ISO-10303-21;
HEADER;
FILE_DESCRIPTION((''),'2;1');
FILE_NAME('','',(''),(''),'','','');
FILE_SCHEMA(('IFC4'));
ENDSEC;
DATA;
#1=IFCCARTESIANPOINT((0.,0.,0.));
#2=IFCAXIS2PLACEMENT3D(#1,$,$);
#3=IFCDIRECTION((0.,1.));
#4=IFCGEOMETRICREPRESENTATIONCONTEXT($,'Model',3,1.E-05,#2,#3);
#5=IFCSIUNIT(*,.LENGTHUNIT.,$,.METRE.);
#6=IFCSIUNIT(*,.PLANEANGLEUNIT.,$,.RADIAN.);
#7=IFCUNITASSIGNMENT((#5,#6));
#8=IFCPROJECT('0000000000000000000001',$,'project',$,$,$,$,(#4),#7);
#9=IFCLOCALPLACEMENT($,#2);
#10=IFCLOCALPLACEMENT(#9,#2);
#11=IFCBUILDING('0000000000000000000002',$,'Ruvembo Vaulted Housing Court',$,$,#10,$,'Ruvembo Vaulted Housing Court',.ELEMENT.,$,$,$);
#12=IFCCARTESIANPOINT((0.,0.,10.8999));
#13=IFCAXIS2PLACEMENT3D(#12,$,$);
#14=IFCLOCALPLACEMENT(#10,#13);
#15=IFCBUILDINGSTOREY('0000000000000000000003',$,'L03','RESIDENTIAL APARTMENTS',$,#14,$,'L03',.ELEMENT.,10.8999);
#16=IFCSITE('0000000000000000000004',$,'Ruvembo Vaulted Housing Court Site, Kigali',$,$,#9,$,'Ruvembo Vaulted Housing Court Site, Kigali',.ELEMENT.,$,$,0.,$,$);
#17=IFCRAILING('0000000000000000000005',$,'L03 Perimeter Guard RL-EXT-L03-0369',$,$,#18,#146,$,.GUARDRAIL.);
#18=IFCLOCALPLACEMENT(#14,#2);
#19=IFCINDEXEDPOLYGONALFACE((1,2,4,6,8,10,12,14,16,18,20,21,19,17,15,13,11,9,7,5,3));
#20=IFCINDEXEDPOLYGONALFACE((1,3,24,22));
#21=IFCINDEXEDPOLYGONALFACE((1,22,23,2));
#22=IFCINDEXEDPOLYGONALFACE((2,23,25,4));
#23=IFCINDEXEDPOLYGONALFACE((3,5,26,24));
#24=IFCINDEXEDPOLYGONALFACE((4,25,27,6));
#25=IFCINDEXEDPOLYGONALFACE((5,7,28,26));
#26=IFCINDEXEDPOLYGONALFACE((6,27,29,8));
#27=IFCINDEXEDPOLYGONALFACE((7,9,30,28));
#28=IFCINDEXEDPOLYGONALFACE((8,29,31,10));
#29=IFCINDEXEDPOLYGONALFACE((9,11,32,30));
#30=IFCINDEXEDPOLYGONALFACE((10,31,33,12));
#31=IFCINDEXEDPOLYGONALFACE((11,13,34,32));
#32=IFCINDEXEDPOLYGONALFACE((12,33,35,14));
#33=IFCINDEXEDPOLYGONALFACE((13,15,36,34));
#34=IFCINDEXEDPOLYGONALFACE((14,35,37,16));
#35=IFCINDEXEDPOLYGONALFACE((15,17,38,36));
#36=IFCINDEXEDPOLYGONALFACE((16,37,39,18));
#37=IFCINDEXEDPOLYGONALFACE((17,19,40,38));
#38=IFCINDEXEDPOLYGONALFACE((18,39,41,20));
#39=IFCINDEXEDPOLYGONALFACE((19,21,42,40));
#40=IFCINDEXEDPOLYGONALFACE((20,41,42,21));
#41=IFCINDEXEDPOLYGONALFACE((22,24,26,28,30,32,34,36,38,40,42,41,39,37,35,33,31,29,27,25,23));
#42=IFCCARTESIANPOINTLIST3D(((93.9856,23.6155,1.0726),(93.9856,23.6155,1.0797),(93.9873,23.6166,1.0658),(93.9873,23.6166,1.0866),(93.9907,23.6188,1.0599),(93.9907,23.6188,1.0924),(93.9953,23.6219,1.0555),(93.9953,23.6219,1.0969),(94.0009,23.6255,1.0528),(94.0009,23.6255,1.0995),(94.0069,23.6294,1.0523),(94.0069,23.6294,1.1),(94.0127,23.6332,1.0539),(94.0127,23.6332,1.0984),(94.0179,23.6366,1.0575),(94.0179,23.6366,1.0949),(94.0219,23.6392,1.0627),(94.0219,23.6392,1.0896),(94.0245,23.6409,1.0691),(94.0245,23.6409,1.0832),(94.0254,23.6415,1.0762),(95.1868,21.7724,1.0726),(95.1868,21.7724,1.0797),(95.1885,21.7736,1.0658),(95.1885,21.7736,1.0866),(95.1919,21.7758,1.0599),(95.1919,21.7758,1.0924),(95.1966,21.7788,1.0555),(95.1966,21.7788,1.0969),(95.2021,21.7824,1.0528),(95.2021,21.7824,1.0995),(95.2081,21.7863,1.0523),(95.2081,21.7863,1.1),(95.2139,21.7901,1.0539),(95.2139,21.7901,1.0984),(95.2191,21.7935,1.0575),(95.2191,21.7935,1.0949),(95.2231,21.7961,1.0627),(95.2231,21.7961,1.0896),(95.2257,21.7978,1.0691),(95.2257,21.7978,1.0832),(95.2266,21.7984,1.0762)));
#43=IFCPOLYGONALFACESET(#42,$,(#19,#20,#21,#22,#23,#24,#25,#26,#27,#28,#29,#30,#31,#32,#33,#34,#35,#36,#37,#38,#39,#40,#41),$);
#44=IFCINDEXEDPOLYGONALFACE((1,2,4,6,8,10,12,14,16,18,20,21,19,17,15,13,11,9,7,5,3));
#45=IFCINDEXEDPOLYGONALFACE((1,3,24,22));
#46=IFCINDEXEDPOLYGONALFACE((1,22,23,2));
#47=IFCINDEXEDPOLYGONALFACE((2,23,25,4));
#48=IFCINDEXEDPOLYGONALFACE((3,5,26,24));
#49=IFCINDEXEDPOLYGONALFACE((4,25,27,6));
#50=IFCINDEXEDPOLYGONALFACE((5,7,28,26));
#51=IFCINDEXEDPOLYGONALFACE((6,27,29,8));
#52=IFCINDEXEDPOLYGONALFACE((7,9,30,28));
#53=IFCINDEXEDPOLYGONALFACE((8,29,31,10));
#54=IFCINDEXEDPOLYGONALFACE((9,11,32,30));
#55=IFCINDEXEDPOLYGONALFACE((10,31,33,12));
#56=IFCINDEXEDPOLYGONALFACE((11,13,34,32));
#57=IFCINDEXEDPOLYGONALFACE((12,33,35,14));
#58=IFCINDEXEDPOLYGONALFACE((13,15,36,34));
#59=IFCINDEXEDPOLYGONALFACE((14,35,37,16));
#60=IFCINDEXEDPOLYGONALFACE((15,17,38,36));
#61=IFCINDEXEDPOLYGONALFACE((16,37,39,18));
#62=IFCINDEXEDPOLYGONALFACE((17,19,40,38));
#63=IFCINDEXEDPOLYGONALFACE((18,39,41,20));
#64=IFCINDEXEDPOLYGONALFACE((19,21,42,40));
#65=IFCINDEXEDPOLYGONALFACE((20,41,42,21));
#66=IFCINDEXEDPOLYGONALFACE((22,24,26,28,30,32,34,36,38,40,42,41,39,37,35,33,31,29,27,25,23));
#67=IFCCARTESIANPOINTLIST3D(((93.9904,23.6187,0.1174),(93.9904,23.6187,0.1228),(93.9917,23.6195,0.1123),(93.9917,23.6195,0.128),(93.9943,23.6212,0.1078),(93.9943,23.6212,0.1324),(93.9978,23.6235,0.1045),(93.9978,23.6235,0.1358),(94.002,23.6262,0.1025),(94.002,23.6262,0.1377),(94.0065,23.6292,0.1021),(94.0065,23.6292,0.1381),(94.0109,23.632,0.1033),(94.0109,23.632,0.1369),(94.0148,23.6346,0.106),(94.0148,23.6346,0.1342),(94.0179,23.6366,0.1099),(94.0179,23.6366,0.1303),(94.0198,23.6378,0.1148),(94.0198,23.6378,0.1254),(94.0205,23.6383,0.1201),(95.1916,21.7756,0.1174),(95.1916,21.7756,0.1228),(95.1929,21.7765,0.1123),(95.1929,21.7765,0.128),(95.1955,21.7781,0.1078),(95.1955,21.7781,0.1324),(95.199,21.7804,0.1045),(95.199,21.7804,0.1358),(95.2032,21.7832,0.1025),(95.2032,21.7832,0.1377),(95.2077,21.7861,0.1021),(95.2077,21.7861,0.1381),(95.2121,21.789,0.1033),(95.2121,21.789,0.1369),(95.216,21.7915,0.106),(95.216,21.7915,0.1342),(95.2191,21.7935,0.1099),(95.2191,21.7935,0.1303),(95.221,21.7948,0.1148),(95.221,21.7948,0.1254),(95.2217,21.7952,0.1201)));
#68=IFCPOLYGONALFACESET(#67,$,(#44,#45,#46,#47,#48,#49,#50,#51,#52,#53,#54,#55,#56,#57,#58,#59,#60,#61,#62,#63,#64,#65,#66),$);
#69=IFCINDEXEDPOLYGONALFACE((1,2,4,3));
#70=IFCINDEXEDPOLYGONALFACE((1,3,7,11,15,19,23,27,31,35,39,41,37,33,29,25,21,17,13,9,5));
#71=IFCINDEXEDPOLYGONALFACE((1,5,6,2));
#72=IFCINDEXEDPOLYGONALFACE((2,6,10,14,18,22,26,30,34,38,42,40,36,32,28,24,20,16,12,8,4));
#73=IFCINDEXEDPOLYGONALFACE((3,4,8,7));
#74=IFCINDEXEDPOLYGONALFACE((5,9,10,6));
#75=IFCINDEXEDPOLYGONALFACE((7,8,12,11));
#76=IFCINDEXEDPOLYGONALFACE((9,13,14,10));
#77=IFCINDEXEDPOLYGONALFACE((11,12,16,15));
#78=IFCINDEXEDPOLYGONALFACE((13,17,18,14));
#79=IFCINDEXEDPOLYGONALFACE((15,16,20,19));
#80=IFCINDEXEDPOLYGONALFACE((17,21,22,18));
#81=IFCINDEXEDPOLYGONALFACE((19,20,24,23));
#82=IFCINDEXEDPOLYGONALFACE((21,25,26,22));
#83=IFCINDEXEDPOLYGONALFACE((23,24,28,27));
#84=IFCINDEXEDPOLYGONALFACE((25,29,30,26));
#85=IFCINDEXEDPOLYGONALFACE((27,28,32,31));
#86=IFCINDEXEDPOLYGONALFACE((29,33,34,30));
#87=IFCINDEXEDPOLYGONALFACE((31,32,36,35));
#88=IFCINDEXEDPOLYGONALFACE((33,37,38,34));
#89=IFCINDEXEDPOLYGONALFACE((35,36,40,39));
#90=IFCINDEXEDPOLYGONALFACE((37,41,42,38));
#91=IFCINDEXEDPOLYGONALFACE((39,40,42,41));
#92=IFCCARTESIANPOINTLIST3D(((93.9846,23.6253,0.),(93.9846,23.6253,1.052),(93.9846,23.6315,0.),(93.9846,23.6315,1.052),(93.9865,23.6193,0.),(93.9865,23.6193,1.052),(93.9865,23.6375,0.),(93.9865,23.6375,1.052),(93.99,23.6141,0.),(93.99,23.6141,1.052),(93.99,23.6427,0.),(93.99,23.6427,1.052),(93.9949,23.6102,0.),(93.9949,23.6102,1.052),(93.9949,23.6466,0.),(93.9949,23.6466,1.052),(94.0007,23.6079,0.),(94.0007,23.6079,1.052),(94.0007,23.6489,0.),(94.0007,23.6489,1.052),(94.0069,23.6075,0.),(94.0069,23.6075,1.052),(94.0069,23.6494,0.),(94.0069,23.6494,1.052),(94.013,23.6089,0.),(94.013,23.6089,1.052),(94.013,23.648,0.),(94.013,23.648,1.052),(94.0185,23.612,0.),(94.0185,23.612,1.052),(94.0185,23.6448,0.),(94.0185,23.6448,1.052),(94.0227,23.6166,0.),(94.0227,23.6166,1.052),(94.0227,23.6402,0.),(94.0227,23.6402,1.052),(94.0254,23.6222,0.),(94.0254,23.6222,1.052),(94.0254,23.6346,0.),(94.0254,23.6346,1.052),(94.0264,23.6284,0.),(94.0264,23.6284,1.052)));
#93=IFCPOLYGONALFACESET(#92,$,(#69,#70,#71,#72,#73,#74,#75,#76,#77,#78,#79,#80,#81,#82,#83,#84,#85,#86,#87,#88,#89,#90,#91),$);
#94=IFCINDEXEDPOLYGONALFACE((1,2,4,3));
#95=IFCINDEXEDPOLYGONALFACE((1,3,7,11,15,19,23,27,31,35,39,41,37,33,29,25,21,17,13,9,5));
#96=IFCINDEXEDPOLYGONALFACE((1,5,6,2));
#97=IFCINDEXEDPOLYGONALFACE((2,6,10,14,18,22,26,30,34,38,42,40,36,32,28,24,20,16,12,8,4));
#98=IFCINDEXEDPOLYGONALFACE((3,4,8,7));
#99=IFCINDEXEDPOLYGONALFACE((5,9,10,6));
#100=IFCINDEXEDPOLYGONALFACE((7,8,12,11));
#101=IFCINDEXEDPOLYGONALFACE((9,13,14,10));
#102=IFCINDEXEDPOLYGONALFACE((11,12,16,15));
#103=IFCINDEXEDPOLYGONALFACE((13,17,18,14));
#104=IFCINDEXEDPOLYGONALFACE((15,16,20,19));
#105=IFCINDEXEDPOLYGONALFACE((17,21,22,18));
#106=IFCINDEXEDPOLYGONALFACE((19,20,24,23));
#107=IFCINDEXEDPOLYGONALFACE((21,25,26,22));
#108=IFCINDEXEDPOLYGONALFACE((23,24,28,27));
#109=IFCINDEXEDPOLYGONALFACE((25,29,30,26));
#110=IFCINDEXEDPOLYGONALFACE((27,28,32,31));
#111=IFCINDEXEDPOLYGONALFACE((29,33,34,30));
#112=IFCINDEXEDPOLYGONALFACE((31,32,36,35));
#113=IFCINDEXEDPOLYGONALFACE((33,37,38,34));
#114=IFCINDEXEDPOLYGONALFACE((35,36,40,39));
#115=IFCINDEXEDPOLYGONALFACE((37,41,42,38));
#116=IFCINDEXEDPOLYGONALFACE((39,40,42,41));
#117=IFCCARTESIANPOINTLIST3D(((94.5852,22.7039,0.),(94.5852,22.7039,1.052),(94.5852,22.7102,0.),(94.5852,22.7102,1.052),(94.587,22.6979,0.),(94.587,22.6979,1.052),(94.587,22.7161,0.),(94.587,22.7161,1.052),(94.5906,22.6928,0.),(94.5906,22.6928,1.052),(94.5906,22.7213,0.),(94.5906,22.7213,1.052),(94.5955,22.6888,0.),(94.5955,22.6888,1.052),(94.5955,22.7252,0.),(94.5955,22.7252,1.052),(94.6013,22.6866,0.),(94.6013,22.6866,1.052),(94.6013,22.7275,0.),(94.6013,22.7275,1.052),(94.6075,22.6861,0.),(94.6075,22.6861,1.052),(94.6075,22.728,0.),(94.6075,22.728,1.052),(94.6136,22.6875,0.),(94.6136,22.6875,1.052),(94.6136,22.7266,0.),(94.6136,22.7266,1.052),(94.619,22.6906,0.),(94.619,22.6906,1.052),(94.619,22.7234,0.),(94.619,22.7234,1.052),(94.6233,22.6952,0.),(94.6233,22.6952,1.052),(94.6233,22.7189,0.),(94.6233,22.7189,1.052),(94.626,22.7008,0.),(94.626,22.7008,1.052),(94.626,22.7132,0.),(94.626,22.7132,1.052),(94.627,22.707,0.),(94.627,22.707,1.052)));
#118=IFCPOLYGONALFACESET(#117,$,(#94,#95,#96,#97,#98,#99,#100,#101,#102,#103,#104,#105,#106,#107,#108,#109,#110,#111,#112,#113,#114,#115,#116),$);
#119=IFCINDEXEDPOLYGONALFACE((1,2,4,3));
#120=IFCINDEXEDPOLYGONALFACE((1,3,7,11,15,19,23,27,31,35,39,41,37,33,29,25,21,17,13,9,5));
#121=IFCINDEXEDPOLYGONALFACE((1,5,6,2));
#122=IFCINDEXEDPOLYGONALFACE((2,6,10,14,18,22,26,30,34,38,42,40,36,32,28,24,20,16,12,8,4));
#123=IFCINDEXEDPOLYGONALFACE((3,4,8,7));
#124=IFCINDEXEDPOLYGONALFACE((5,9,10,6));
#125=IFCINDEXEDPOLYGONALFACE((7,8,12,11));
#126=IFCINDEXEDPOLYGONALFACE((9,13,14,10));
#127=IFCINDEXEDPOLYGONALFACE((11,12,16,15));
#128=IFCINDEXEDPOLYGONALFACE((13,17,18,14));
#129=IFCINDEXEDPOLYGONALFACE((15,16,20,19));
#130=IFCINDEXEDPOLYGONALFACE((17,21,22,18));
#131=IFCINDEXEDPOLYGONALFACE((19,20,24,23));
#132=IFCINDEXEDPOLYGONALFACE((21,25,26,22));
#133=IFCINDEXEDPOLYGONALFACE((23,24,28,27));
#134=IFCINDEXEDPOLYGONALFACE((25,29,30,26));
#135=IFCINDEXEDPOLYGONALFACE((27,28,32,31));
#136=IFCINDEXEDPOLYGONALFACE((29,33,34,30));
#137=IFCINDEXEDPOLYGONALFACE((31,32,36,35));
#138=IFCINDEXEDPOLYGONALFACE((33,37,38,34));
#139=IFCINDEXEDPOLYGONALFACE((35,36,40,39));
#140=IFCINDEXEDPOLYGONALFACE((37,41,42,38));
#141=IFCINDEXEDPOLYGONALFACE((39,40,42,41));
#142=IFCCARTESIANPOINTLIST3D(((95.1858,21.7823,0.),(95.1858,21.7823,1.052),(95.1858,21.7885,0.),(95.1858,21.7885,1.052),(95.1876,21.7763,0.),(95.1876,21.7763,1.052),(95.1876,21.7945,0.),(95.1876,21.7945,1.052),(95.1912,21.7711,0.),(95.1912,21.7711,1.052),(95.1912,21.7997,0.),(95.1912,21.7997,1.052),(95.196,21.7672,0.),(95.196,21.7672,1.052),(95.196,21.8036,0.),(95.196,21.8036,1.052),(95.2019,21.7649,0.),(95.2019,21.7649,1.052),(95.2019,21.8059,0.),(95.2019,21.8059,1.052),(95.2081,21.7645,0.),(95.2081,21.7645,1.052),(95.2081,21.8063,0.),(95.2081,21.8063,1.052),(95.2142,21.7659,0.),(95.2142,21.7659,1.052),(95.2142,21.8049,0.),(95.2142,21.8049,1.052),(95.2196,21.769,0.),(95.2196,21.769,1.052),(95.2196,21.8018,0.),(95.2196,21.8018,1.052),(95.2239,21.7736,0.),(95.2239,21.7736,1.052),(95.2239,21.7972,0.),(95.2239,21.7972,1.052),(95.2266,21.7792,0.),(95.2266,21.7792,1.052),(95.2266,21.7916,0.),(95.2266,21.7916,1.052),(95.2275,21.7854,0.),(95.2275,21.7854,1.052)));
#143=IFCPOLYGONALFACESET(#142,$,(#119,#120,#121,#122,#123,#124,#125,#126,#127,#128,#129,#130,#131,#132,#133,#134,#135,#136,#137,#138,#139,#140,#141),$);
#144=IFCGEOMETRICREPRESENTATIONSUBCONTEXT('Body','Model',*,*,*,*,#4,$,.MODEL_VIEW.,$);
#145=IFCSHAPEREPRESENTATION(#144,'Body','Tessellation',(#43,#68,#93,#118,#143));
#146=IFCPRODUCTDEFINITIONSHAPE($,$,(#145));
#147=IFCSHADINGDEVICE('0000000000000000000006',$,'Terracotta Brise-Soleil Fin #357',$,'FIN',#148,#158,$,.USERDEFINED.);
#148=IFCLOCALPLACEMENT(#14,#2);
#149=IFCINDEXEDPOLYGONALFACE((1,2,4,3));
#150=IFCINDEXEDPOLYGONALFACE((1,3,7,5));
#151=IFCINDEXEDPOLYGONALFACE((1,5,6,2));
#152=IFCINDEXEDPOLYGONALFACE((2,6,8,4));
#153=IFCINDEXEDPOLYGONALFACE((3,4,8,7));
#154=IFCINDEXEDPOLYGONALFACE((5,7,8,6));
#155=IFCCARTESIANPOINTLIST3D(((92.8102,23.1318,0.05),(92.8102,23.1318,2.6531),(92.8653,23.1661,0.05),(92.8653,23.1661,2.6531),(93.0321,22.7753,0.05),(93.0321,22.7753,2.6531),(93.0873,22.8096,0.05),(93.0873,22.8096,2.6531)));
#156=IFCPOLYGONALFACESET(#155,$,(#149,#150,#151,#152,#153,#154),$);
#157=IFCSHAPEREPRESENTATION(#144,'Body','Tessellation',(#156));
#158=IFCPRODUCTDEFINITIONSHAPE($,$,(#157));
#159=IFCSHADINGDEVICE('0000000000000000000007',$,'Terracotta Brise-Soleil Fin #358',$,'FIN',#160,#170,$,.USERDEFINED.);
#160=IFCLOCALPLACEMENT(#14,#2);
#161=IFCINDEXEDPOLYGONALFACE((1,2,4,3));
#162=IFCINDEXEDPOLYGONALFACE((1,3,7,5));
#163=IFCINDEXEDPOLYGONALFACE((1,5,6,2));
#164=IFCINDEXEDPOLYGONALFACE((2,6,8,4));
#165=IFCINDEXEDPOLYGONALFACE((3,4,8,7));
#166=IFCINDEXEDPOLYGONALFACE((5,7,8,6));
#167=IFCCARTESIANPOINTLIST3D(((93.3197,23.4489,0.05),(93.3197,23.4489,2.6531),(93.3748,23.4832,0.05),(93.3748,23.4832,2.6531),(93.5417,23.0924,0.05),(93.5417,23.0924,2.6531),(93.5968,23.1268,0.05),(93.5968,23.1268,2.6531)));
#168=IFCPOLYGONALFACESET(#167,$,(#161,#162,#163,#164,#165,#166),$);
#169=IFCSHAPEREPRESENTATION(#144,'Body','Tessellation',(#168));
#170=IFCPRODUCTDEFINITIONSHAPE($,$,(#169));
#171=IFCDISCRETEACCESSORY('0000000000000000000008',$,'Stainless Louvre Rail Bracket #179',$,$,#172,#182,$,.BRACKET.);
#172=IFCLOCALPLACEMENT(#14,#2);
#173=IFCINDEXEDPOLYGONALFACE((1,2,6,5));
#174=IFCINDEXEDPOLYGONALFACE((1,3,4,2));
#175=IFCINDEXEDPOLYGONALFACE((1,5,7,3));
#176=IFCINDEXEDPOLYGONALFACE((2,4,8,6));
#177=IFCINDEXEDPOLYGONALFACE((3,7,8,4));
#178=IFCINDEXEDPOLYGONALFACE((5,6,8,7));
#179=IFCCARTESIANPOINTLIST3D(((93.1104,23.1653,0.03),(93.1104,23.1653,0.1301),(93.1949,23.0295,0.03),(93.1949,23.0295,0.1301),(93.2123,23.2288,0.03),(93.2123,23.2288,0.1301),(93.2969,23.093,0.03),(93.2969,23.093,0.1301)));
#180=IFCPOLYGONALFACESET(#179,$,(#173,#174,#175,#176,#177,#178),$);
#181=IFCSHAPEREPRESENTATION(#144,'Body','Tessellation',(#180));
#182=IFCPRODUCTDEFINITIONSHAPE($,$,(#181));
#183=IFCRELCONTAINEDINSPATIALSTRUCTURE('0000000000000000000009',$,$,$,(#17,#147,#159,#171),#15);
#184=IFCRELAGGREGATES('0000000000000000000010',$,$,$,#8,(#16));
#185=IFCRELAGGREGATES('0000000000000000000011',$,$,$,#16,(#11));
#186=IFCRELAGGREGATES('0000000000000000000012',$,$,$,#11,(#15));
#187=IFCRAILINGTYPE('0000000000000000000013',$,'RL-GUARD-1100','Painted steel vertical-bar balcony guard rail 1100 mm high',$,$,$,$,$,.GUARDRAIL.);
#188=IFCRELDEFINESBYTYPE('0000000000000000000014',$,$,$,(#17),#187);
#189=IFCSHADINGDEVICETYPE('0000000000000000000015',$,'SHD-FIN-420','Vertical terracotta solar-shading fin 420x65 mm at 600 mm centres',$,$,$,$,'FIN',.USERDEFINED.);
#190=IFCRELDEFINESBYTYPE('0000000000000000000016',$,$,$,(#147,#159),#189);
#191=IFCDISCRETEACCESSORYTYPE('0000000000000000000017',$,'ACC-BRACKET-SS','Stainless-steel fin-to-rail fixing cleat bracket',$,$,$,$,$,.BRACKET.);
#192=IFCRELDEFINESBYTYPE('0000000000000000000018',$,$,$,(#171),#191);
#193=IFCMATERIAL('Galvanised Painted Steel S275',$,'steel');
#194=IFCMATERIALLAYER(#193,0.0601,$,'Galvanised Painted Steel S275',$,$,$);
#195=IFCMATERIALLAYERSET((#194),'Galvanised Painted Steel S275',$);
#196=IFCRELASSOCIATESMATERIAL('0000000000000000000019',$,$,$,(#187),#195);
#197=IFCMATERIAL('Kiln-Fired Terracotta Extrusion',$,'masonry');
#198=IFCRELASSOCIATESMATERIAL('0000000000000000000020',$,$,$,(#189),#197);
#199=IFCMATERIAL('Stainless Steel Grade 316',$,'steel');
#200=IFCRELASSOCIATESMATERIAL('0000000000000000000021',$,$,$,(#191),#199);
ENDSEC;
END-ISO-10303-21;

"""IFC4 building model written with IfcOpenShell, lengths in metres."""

from ifc_helpers import new_model, si_unit, direction, frame, origin, origin_2d, place, context, subcontext, project, spatial, rectangle, circle, extrude, material, layer, layer_set, type_object, element, save


model = new_model("IFC4")

# Units and contexts
model_context = context("Model", 3, precision=1e-05, world=origin(), true_north=direction((0.0, 1.0)))
body_context = subcontext(model_context, "Body", "Model", "MODEL_VIEW")
ifc_project = project(units=[si_unit("LENGTHUNIT", "METRE"), si_unit("PLANEANGLEUNIT", "RADIAN")], contexts=[model_context])

# Site, building, storey
site_placement = place(None, origin())
site = spatial("IfcSite", under=ifc_project, at=site_placement, Name="Ruvembo Vaulted Housing Court Site, Kigali", LongName="Ruvembo Vaulted Housing Court Site, Kigali", CompositionType="ELEMENT", RefElevation=0.0)
building_placement = place(site_placement, origin())
building = spatial("IfcBuilding", under=site, at=building_placement, Name="Ruvembo Vaulted Housing Court", LongName="Ruvembo Vaulted Housing Court", CompositionType="ELEMENT")
storey_placement = place(building_placement, frame((0.0, 0.0, 10.8999)))
storey = spatial("IfcBuildingStorey", under=building, at=storey_placement, Name="L03", Description="RESIDENTIAL APARTMENTS", LongName="L03", CompositionType="ELEMENT", Elevation=10.8999)

# Railing
ifc_material_1 = material(Name="Galvanised Painted Steel S275", Category="steel")
ifc_layer_1 = layer(ifc_material_1, 0.0601, Name="Galvanised Painted Steel S275")
ifc_layer_set_1 = layer_set([ifc_layer_1], Name="Galvanised Painted Steel S275")
railing_type = type_object("IfcRailingType", Name="RL-GUARD-1100", Description="Painted steel vertical-bar balcony guard rail 1100 mm high", PredefinedType="GUARDRAIL", material=ifc_layer_set_1)
railing_1_placement = place(storey_placement, frame((94.0054, 23.6284, 0.0)))
element("IfcRailing", 1, at=railing_1_placement, inside=storey, type_object=railing_type, Name="L03 Perimeter Guard RL-EXT-L03-0369", PredefinedType="GUARDRAIL", context=body_context, shape_type="SweptSolid", body=[
    extrude(circle(Radius=0.0239, at=origin_2d()), frame((0.0, 0.0, 1.0762), z_axis=(0.546014, -0.837776, 0.0), x_axis=(0.837776, 0.546014, 0.0)), (0.0, 0.0, 1.0), 2.2),
    extrude(circle(Radius=0.0181, at=origin_2d()), frame((0.0, 0.0, 0.1201), z_axis=(0.546014, -0.837776, 0.0), x_axis=(0.837776, 0.546014, 0.0)), (0.0, 0.0, 1.0), 2.2),
    extrude(circle(Radius=0.021, at=origin_2d()), origin(), (0.0, 0.0, 1.0), 1.052),
    extrude(circle(Radius=0.021, at=origin_2d()), frame((0.6006, -0.9214, 0.0)), (0.0, 0.0, 1.0), 1.052),
    extrude(circle(Radius=0.021, at=origin_2d()), frame((1.2012, -1.843, 0.0)), (0.0, 0.0, 1.0), 1.052),
])

# Shading devices
ifc_material_2 = material(Name="Kiln-Fired Terracotta Extrusion", Category="masonry")
shading_device_type = type_object("IfcShadingDeviceType", Name="SHD-FIN-420", Description="Vertical terracotta solar-shading fin 420x65 mm at 600 mm centres", ElementType="FIN", PredefinedType="USERDEFINED", material=ifc_material_2)
for number, where, z_axis, x_axis, name in (
    (2, (92.9487, 22.9707, 0.05), (0.0, 0.0, 1.0), (0.528557, -0.848898, 0.0), "Terracotta Brise-Soleil Fin #357"),
    (3, (93.4583, 23.2878, 0.05), (0.0, 0.0, 1.0), (0.528557, -0.848898, 0.0), "Terracotta Brise-Soleil Fin #358"),
):
    element("IfcShadingDevice", number, at=place(storey_placement, frame(where, z_axis=z_axis, x_axis=x_axis)), inside=storey, type_object=shading_device_type, Name=name, ObjectType="FIN", PredefinedType="USERDEFINED", context=body_context, shape_type="SweptSolid", body=[
        extrude(rectangle(XDim=0.4199, YDim=0.0649, at=origin_2d()), origin(), (0.0, 0.0, 1.0), 2.603),
    ])

# Discrete accessory
ifc_material_3 = material(Name="Stainless Steel Grade 316", Category="steel")
discrete_accessory_type = type_object("IfcDiscreteAccessoryType", Name="ACC-BRACKET-SS", Description="Stainless-steel fin-to-rail fixing cleat bracket", PredefinedType="BRACKET", material=ifc_material_3)
discrete_accessory_placement = place(storey_placement, frame((93.2036, 23.1292, 0.03), z_axis=(0.0, 0.0, 1.0), x_axis=(0.528557, -0.848898, 0.0)))
element("IfcDiscreteAccessory", 4, at=discrete_accessory_placement, inside=storey, type_object=discrete_accessory_type, Name="Stainless Louvre Rail Bracket #179", PredefinedType="BRACKET", context=body_context, shape_type="SweptSolid", body=[
    extrude(rectangle(XDim=0.1599, YDim=0.1201, at=origin_2d()), origin(), (0.0, 0.0, 1.0), 0.1001),
])

save(model, "model.ifc")
